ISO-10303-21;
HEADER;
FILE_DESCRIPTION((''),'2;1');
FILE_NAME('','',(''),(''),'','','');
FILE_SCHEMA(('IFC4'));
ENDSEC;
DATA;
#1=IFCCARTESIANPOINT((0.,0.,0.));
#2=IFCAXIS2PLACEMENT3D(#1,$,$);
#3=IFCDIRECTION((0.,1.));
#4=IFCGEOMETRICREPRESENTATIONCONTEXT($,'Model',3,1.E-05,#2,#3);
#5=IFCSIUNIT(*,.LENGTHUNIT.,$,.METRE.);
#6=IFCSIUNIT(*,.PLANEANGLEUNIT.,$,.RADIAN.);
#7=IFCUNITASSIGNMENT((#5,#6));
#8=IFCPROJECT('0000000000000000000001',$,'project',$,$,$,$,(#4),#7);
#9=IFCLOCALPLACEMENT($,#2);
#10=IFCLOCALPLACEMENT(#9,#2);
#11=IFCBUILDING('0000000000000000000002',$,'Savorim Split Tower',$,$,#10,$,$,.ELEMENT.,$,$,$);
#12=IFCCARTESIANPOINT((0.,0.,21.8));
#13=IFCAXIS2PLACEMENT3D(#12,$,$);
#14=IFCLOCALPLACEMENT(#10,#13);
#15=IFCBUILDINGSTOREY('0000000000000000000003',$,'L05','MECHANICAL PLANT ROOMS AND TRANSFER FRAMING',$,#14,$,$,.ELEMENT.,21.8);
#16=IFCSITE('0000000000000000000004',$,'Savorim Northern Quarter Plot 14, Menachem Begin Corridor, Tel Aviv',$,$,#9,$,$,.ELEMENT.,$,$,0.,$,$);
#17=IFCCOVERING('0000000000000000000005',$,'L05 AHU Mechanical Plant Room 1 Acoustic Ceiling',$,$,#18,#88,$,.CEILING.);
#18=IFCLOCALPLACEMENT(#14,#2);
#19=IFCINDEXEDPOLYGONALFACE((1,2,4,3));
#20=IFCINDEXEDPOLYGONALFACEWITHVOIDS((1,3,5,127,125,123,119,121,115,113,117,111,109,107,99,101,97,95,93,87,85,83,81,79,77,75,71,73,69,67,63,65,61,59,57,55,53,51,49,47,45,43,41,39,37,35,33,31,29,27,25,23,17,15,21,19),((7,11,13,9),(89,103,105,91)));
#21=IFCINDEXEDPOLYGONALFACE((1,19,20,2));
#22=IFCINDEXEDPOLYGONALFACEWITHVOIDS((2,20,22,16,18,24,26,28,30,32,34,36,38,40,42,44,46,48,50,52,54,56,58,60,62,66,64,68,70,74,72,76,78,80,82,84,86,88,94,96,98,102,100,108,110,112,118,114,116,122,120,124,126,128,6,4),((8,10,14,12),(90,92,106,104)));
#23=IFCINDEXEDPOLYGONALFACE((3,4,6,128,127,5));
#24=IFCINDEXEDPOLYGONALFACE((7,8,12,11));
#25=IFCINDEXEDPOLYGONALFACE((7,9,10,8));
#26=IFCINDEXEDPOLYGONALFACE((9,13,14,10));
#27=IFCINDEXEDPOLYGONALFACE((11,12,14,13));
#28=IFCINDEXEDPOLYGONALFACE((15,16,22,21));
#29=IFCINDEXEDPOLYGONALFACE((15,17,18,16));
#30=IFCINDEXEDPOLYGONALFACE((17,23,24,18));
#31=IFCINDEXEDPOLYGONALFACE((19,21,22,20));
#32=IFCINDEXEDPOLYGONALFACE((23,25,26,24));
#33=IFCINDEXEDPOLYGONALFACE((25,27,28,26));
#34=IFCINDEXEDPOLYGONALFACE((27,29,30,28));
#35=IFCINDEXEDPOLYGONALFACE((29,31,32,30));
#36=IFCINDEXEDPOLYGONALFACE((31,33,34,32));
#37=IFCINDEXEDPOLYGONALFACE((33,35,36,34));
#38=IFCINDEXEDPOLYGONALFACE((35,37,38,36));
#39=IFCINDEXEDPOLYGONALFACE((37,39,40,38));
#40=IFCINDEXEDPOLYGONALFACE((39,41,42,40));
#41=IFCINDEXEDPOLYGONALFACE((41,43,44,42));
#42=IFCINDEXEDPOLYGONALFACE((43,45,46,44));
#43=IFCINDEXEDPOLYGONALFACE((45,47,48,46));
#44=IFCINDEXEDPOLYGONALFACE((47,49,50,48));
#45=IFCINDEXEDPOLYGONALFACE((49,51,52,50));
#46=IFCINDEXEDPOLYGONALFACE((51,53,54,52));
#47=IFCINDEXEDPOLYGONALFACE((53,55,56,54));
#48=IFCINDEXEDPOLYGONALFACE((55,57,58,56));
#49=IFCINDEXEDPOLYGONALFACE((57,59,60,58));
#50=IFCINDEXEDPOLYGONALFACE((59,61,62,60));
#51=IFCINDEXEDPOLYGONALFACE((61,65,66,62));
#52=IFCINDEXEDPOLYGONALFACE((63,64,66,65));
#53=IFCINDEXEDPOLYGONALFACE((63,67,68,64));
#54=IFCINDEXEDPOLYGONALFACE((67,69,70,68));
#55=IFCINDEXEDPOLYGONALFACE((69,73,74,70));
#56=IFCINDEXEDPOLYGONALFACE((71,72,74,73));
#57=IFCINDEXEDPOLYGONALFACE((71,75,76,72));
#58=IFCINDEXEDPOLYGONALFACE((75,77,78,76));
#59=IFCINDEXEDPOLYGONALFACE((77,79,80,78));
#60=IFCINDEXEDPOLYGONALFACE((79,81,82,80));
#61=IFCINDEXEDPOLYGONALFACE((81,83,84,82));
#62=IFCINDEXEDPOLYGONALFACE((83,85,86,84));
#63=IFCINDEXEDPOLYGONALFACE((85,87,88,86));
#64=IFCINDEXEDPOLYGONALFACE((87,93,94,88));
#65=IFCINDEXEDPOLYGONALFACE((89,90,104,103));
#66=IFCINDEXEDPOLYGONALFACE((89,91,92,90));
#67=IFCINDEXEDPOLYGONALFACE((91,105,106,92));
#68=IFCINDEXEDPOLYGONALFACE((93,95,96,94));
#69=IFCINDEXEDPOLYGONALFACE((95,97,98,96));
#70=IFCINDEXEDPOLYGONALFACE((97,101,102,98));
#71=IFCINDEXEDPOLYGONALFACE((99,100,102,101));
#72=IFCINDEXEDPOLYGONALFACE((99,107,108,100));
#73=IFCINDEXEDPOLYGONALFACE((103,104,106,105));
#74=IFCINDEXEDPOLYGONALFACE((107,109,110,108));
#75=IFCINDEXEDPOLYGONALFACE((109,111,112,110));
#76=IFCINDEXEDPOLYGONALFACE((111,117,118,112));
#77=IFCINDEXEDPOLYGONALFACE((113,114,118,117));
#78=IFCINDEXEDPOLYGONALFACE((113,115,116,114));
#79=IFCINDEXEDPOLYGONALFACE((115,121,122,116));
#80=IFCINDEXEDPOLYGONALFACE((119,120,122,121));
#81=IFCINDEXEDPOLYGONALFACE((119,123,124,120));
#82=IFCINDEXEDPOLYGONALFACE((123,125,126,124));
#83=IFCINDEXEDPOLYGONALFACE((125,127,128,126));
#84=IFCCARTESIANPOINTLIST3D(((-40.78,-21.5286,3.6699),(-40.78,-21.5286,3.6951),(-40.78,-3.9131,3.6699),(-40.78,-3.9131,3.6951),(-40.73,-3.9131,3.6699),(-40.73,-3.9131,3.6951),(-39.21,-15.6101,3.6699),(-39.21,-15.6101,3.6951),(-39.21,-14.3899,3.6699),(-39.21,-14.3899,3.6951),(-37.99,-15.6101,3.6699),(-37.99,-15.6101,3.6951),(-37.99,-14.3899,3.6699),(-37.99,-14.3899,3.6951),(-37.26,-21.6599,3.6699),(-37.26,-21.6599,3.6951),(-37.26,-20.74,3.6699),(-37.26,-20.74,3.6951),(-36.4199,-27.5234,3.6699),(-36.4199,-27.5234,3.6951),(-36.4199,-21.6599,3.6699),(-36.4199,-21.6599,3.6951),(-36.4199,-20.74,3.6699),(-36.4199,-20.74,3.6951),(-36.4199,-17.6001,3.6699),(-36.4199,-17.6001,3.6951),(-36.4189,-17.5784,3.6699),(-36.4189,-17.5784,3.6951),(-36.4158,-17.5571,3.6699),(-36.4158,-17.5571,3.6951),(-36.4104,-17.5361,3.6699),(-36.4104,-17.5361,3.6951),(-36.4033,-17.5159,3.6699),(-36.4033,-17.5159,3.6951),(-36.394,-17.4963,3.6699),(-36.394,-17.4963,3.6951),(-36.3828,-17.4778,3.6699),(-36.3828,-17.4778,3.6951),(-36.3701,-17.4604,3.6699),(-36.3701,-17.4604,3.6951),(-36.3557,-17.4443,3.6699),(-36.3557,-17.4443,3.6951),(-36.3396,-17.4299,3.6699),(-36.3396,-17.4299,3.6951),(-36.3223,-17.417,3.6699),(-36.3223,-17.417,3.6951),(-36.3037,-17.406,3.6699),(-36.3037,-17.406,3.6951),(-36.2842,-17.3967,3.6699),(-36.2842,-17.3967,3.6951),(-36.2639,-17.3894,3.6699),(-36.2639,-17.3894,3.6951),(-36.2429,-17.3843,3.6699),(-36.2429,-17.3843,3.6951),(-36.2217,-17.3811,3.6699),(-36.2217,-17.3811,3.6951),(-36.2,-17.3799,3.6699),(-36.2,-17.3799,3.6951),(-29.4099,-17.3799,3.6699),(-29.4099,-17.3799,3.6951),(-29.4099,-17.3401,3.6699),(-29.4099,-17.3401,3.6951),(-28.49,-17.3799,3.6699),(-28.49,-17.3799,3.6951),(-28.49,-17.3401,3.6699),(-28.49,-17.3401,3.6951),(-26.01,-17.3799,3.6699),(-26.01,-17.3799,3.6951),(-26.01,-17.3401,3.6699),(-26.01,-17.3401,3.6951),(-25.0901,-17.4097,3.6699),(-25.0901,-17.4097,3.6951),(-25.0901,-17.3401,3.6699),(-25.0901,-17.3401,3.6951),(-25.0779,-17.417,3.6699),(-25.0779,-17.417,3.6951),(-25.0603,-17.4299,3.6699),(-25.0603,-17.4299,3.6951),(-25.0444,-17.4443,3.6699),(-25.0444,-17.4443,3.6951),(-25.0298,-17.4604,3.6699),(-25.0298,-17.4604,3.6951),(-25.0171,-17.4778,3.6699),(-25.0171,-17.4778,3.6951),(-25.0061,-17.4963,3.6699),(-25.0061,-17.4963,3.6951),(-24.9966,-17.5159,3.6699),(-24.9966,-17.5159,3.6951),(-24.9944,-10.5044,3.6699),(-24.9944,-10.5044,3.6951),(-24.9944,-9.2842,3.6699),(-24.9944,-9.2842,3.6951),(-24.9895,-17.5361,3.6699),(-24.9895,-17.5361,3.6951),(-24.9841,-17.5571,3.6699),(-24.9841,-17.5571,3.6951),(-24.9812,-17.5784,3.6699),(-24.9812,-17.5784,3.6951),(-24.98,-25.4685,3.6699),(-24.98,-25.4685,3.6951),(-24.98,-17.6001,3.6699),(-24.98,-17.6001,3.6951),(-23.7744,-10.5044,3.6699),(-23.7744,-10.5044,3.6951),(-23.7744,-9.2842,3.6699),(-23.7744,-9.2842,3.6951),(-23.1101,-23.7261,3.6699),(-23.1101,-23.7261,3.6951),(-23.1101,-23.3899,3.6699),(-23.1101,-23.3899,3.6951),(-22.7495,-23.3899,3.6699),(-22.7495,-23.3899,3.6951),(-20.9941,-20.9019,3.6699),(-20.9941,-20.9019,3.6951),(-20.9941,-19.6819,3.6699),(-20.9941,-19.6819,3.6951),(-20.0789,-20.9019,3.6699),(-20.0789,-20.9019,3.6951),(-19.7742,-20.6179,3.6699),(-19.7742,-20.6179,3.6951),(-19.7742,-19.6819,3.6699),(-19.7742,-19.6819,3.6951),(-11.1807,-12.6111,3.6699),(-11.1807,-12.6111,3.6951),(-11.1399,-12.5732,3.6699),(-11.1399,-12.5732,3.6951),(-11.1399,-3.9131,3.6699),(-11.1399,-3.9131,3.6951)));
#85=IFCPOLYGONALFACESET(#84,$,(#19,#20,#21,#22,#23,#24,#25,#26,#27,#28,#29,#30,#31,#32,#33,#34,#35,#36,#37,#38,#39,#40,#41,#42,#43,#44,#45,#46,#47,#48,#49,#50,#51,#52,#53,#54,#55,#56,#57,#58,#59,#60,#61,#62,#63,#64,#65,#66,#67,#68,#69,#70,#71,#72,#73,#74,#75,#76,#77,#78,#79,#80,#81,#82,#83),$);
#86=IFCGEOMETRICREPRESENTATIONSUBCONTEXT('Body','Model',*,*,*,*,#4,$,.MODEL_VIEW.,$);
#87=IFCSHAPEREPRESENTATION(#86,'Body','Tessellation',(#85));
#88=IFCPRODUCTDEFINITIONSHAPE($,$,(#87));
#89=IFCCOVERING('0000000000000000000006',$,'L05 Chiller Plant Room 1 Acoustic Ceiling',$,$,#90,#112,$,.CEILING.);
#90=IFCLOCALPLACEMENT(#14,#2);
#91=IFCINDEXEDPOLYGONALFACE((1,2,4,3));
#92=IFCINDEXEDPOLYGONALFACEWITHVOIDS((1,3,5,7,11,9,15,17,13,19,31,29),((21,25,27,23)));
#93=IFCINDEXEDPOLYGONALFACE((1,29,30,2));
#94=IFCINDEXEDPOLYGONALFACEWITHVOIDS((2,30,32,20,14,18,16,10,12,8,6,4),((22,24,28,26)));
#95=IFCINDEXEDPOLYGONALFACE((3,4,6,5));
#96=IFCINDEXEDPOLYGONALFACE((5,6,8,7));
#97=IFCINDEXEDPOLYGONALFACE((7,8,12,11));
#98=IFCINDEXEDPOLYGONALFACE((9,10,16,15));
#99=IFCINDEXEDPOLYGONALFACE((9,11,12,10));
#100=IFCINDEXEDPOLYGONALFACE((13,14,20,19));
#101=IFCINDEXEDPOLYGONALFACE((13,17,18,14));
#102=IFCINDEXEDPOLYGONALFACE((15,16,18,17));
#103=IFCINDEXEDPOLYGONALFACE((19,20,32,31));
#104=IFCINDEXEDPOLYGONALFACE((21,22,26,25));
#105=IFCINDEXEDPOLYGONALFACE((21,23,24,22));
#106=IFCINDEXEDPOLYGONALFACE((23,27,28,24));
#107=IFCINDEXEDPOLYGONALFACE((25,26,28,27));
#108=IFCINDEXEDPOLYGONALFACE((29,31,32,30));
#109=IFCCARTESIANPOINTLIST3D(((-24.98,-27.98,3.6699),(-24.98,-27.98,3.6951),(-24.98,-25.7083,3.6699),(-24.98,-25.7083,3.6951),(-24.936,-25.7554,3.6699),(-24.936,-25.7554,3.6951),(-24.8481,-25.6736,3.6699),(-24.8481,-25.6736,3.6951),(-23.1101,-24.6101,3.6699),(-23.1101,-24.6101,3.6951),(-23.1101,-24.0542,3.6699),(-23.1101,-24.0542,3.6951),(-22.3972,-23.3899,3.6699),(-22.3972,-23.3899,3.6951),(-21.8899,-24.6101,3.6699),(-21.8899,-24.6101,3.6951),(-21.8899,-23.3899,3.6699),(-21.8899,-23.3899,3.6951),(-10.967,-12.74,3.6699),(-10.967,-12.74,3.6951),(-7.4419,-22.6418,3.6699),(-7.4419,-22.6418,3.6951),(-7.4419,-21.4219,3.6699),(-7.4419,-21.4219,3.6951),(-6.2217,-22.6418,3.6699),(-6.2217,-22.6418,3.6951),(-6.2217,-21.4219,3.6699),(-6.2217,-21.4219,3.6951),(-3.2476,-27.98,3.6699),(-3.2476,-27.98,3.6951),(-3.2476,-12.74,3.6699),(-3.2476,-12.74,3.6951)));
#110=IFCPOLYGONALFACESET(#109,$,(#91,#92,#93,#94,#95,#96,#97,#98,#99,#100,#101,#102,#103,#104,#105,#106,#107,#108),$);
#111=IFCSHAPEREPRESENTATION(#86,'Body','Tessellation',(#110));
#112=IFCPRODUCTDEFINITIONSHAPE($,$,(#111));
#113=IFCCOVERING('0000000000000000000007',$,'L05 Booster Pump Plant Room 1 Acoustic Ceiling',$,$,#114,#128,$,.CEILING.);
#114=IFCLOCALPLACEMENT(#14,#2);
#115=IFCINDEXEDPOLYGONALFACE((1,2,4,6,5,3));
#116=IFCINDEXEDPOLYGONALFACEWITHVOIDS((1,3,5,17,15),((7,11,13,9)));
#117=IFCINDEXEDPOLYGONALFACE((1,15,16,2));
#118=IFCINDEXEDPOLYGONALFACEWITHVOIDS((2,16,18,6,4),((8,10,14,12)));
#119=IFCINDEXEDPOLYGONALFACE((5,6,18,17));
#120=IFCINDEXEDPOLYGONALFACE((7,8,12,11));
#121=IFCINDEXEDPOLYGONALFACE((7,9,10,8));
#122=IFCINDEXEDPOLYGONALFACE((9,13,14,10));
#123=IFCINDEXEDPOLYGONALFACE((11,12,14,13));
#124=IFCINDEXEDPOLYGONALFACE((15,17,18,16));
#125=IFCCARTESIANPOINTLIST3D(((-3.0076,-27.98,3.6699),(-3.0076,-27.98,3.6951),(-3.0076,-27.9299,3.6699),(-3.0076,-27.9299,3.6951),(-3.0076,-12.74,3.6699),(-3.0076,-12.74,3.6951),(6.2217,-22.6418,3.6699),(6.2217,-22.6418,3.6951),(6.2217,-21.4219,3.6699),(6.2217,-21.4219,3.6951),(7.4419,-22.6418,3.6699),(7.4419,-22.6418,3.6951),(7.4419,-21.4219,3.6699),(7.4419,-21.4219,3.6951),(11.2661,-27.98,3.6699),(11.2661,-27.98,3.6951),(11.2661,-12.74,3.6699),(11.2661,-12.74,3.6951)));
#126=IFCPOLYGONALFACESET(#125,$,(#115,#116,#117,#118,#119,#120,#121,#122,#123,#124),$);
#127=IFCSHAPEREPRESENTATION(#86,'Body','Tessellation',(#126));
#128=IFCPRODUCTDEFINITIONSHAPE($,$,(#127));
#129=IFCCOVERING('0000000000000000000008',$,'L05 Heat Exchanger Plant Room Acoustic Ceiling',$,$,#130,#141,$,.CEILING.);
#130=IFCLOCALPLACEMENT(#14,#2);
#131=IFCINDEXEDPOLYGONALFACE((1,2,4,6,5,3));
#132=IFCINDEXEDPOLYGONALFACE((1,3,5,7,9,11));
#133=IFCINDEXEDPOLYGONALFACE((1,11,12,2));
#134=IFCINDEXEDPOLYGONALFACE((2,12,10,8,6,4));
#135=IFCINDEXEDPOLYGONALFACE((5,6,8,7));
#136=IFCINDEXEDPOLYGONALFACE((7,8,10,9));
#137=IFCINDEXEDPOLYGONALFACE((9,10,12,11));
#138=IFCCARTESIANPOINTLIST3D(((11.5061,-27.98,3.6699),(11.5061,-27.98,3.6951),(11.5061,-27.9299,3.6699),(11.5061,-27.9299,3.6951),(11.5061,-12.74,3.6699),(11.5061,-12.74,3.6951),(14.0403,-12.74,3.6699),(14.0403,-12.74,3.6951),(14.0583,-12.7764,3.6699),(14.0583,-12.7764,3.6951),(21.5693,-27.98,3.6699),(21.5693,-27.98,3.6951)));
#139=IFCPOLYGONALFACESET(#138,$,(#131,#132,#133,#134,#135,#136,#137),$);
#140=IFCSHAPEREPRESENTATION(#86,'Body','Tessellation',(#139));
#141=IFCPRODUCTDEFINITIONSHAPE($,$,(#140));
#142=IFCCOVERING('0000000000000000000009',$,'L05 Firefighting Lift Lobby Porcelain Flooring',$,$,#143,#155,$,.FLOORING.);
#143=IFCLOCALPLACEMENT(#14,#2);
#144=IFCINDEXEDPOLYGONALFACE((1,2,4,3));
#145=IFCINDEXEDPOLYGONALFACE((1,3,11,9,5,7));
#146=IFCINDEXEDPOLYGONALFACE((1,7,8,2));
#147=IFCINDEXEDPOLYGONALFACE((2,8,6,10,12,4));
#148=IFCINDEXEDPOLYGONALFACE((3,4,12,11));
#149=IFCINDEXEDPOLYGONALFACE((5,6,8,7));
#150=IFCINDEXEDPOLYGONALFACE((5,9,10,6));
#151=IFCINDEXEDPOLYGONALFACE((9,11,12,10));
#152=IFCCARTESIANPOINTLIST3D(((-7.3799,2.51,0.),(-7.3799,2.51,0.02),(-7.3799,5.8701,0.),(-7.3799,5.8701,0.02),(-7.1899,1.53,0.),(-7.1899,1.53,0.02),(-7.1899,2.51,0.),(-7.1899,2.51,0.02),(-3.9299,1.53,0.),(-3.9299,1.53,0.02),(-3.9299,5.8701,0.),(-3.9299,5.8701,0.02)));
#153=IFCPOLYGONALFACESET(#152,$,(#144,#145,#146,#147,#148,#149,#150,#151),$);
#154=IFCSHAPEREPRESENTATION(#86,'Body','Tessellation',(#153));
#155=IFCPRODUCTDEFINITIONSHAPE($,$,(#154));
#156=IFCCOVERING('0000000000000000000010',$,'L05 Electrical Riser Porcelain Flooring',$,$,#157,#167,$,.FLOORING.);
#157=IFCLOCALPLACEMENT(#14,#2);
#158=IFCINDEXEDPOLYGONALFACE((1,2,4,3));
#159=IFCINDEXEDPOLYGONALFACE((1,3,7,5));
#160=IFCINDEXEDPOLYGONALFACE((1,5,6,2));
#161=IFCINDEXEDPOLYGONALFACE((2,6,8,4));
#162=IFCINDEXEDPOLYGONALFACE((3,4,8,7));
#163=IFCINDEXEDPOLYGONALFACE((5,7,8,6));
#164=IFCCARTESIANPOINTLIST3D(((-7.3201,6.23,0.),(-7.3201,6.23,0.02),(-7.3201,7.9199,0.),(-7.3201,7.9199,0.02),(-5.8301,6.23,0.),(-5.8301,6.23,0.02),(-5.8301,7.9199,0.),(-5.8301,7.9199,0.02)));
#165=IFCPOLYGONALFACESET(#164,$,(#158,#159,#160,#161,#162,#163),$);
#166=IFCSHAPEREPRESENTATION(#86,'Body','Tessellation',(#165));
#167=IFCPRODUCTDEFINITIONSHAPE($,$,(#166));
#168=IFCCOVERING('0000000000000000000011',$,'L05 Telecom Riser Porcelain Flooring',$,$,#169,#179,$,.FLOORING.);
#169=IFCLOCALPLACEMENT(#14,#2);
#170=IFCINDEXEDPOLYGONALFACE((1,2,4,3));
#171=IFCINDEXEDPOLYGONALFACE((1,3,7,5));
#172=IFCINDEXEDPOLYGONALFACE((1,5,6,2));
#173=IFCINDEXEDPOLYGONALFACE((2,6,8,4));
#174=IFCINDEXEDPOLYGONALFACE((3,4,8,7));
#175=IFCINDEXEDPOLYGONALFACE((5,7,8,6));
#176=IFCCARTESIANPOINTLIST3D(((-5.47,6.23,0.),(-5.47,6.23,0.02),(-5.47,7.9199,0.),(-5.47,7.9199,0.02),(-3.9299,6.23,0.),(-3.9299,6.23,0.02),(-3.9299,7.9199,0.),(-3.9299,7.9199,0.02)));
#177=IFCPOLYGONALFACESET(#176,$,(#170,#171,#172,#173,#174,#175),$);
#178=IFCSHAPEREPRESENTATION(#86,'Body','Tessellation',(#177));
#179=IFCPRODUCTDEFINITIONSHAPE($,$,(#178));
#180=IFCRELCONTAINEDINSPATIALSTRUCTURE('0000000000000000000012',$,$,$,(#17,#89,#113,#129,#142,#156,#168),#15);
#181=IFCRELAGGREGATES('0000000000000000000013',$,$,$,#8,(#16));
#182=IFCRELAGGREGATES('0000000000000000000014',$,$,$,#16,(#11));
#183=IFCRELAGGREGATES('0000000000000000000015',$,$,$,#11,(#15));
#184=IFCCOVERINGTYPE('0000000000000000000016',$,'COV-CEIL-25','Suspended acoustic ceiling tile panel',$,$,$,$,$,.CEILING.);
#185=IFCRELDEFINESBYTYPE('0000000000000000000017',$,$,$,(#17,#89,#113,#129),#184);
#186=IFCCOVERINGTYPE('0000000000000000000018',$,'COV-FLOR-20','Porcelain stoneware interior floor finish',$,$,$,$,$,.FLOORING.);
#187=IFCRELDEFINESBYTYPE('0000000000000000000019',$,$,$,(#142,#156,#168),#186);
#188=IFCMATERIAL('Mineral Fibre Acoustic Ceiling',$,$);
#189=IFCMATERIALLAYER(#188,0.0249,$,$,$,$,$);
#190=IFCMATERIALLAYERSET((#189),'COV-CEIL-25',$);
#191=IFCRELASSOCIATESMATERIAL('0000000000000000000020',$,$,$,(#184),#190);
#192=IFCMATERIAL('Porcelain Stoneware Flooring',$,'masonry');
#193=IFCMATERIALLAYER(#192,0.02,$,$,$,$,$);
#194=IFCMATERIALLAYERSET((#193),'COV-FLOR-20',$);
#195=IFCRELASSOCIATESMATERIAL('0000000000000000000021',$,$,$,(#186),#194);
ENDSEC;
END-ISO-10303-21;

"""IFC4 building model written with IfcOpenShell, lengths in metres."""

from ifc_helpers import new_model, si_unit, direction, frame, origin, place, context, subcontext, project, spatial, polyline, outline, extrude, material, layer, layer_set, type_object, element, save


model = new_model("IFC4")

# Units and contexts
model_context = context("Model", 3, precision=1e-05, world=origin(), true_north=direction((0.0, 1.0)))
body_context = subcontext(model_context, "Body", "Model", "MODEL_VIEW")
ifc_project = project(units=[si_unit("LENGTHUNIT", "METRE"), si_unit("PLANEANGLEUNIT", "RADIAN")], contexts=[model_context])

# Site, building, storey
site_placement = place(None, origin())
site = spatial("IfcSite", under=ifc_project, at=site_placement, Name="Savorim Northern Quarter Plot 14, Menachem Begin Corridor, Tel Aviv", CompositionType="ELEMENT", RefElevation=0.0)
building_placement = place(site_placement, origin())
building = spatial("IfcBuilding", under=site, at=building_placement, Name="Savorim Split Tower", CompositionType="ELEMENT")
storey_placement = place(building_placement, frame((0.0, 0.0, 21.8)))
storey = spatial("IfcBuildingStorey", under=building, at=storey_placement, Name="L05", Description="MECHANICAL PLANT ROOMS AND TRANSFER FRAMING", CompositionType="ELEMENT", Elevation=21.8)

# Coverings
ifc_material_1 = material(Name="Mineral Fibre Acoustic Ceiling")
ifc_layer_1 = layer(ifc_material_1, 0.0249)
ifc_layer_set_1 = layer_set([ifc_layer_1], Name="COV-CEIL-25")
covering_type_1 = type_object("IfcCoveringType", Name="COV-CEIL-25", Description="Suspended acoustic ceiling tile panel", PredefinedType="CEILING", material=ifc_layer_set_1)
covering_1_placement = place(storey_placement, frame((0.0, 0.0, 3.6699)))
element("IfcCovering", 1, at=covering_1_placement, inside=storey, type_object=covering_type_1, Name="L05 AHU Mechanical Plant Room 1 Acoustic Ceiling", PredefinedType="CEILING", context=body_context, shape_type="SweptSolid", body=[
    extrude(outline(polyline([(-11.1399, -3.9131), (-40.73, -3.9131), (-40.78, -3.9131), (-40.78, -21.5286), (-36.4199, -27.5234), (-36.4199, -21.6599), (-37.26, -21.6599), (-37.26, -20.74), (-36.4199, -20.74), (-36.4199, -17.6001), (-36.4189, -17.5784), (-36.4158, -17.5571), (-36.4104, -17.5361), (-36.4033, -17.5159), (-36.394, -17.4963), (-36.3828, -17.4778), (-36.3701, -17.4604), (-36.3557, -17.4443), (-36.3396, -17.4299), (-36.3223, -17.417), (-36.3037, -17.406), (-36.2842, -17.3967), (-36.2639, -17.3894), (-36.2429, -17.3843), (-36.2217, -17.3811), (-36.2, -17.3799), (-29.4099, -17.3799), (-29.4099, -17.3401), (-28.49, -17.3401), (-28.49, -17.3799), (-26.01, -17.3799), (-26.01, -17.3401), (-25.0901, -17.3401), (-25.0901, -17.4097), (-25.0779, -17.417), (-25.0603, -17.4299), (-25.0444, -17.4443), (-25.0298, -17.4604), (-25.0171, -17.4778), (-25.0061, -17.4963), (-24.9966, -17.5159), (-24.9895, -17.5361), (-24.9841, -17.5571), (-24.9812, -17.5784), (-24.98, -17.6001), (-24.98, -25.4685), (-23.1101, -23.7261), (-23.1101, -23.3899), (-22.7495, -23.3899), (-20.0789, -20.9019), (-20.9941, -20.9019), (-20.9941, -19.6819), (-19.7742, -19.6819), (-19.7742, -20.6179), (-11.1807, -12.6111), (-11.1399, -12.5732), (-11.1399, -3.9131)]), holes=[polyline([(-39.21, -14.3899), (-39.21, -15.6101), (-37.99, -15.6101), (-37.99, -14.3899), (-39.21, -14.3899)]), polyline([(-23.7744, -9.2842), (-24.9944, -9.2842), (-24.9944, -10.5044), (-23.7744, -10.5044), (-23.7744, -9.2842)])]), origin(), (0.0, 0.0, 1.0), 0.0251),
])
covering_2_placement = place(storey_placement, frame((0.0, 0.0, 3.6699)))
element("IfcCovering", 2, at=covering_2_placement, inside=storey, type_object=covering_type_1, Name="L05 Chiller Plant Room 1 Acoustic Ceiling", PredefinedType="CEILING", context=body_context, shape_type="SweptSolid", body=[
    extrude(outline(polyline([(-24.936, -25.7554), (-24.98, -25.7083), (-24.98, -27.98), (-3.2476, -27.98), (-3.2476, -12.74), (-10.967, -12.74), (-22.3972, -23.3899), (-21.8899, -23.3899), (-21.8899, -24.6101), (-23.1101, -24.6101), (-23.1101, -24.0542), (-24.8481, -25.6736), (-24.936, -25.7554)]), holes=[polyline([(-6.2217, -21.4219), (-7.4419, -21.4219), (-7.4419, -22.6418), (-6.2217, -22.6418), (-6.2217, -21.4219)])]), origin(), (0.0, 0.0, 1.0), 0.0251),
])
covering_3_placement = place(storey_placement, frame((0.0, 0.0, 3.6699)))
element("IfcCovering", 3, at=covering_3_placement, inside=storey, type_object=covering_type_1, Name="L05 Booster Pump Plant Room 1 Acoustic Ceiling", PredefinedType="CEILING", context=body_context, shape_type="SweptSolid", body=[
    extrude(outline(polyline([(-3.0076, -12.74), (-3.0076, -27.9299), (-3.0076, -27.98), (11.2661, -27.98), (11.2661, -12.74), (-3.0076, -12.74)]), holes=[polyline([(6.2217, -21.4219), (6.2217, -22.6418), (7.4419, -22.6418), (7.4419, -21.4219), (6.2217, -21.4219)])]), origin(), (0.0, 0.0, 1.0), 0.0251),
])
covering_4_placement = place(storey_placement, frame((0.0, 0.0, 3.6699)))
element("IfcCovering", 4, at=covering_4_placement, inside=storey, type_object=covering_type_1, Name="L05 Heat Exchanger Plant Room Acoustic Ceiling", PredefinedType="CEILING", context=body_context, shape_type="SweptSolid", body=[
    extrude(outline(polyline([(11.5061, -12.74), (11.5061, -27.9299), (11.5061, -27.98), (21.5693, -27.98), (14.0583, -12.7764), (14.0403, -12.74), (11.5061, -12.74)])), origin(), (0.0, 0.0, 1.0), 0.0251),
])
ifc_material_2 = material(Name="Porcelain Stoneware Flooring", Category="masonry")
ifc_layer_2 = layer(ifc_material_2, 0.02)
ifc_layer_set_2 = layer_set([ifc_layer_2], Name="COV-FLOR-20")
covering_type_2 = type_object("IfcCoveringType", Name="COV-FLOR-20", Description="Porcelain stoneware interior floor finish", PredefinedType="FLOORING", material=ifc_layer_set_2)
covering_5_placement = place(storey_placement, origin())
element("IfcCovering", 5, at=covering_5_placement, inside=storey, type_object=covering_type_2, Name="L05 Firefighting Lift Lobby Porcelain Flooring", PredefinedType="FLOORING", context=body_context, shape_type="SweptSolid", body=[
    extrude(outline(polyline([(-3.9299, 5.8701), (-7.3799, 5.8701), (-7.3799, 2.51), (-7.1899, 2.51), (-7.1899, 1.53), (-3.9299, 1.53), (-3.9299, 5.8701)])), origin(), (0.0, 0.0, 1.0), 0.02),
])
covering_6_placement = place(storey_placement, origin())
element("IfcCovering", 6, at=covering_6_placement, inside=storey, type_object=covering_type_2, Name="L05 Electrical Riser Porcelain Flooring", PredefinedType="FLOORING", context=body_context, shape_type="SweptSolid", body=[
    extrude(outline(polyline([(-7.3201, 7.9199), (-7.3201, 6.23), (-5.8301, 6.23), (-5.8301, 7.9199), (-7.3201, 7.9199)])), origin(), (0.0, 0.0, 1.0), 0.02),
])
covering_7_placement = place(storey_placement, origin())
element("IfcCovering", 7, at=covering_7_placement, inside=storey, type_object=covering_type_2, Name="L05 Telecom Riser Porcelain Flooring", PredefinedType="FLOORING", context=body_context, shape_type="SweptSolid", body=[
    extrude(outline(polyline([(-5.47, 7.9199), (-5.47, 6.23), (-3.9299, 6.23), (-3.9299, 7.9199), (-5.47, 7.9199)])), origin(), (0.0, 0.0, 1.0), 0.02),
])

save(model, "model.ifc")
